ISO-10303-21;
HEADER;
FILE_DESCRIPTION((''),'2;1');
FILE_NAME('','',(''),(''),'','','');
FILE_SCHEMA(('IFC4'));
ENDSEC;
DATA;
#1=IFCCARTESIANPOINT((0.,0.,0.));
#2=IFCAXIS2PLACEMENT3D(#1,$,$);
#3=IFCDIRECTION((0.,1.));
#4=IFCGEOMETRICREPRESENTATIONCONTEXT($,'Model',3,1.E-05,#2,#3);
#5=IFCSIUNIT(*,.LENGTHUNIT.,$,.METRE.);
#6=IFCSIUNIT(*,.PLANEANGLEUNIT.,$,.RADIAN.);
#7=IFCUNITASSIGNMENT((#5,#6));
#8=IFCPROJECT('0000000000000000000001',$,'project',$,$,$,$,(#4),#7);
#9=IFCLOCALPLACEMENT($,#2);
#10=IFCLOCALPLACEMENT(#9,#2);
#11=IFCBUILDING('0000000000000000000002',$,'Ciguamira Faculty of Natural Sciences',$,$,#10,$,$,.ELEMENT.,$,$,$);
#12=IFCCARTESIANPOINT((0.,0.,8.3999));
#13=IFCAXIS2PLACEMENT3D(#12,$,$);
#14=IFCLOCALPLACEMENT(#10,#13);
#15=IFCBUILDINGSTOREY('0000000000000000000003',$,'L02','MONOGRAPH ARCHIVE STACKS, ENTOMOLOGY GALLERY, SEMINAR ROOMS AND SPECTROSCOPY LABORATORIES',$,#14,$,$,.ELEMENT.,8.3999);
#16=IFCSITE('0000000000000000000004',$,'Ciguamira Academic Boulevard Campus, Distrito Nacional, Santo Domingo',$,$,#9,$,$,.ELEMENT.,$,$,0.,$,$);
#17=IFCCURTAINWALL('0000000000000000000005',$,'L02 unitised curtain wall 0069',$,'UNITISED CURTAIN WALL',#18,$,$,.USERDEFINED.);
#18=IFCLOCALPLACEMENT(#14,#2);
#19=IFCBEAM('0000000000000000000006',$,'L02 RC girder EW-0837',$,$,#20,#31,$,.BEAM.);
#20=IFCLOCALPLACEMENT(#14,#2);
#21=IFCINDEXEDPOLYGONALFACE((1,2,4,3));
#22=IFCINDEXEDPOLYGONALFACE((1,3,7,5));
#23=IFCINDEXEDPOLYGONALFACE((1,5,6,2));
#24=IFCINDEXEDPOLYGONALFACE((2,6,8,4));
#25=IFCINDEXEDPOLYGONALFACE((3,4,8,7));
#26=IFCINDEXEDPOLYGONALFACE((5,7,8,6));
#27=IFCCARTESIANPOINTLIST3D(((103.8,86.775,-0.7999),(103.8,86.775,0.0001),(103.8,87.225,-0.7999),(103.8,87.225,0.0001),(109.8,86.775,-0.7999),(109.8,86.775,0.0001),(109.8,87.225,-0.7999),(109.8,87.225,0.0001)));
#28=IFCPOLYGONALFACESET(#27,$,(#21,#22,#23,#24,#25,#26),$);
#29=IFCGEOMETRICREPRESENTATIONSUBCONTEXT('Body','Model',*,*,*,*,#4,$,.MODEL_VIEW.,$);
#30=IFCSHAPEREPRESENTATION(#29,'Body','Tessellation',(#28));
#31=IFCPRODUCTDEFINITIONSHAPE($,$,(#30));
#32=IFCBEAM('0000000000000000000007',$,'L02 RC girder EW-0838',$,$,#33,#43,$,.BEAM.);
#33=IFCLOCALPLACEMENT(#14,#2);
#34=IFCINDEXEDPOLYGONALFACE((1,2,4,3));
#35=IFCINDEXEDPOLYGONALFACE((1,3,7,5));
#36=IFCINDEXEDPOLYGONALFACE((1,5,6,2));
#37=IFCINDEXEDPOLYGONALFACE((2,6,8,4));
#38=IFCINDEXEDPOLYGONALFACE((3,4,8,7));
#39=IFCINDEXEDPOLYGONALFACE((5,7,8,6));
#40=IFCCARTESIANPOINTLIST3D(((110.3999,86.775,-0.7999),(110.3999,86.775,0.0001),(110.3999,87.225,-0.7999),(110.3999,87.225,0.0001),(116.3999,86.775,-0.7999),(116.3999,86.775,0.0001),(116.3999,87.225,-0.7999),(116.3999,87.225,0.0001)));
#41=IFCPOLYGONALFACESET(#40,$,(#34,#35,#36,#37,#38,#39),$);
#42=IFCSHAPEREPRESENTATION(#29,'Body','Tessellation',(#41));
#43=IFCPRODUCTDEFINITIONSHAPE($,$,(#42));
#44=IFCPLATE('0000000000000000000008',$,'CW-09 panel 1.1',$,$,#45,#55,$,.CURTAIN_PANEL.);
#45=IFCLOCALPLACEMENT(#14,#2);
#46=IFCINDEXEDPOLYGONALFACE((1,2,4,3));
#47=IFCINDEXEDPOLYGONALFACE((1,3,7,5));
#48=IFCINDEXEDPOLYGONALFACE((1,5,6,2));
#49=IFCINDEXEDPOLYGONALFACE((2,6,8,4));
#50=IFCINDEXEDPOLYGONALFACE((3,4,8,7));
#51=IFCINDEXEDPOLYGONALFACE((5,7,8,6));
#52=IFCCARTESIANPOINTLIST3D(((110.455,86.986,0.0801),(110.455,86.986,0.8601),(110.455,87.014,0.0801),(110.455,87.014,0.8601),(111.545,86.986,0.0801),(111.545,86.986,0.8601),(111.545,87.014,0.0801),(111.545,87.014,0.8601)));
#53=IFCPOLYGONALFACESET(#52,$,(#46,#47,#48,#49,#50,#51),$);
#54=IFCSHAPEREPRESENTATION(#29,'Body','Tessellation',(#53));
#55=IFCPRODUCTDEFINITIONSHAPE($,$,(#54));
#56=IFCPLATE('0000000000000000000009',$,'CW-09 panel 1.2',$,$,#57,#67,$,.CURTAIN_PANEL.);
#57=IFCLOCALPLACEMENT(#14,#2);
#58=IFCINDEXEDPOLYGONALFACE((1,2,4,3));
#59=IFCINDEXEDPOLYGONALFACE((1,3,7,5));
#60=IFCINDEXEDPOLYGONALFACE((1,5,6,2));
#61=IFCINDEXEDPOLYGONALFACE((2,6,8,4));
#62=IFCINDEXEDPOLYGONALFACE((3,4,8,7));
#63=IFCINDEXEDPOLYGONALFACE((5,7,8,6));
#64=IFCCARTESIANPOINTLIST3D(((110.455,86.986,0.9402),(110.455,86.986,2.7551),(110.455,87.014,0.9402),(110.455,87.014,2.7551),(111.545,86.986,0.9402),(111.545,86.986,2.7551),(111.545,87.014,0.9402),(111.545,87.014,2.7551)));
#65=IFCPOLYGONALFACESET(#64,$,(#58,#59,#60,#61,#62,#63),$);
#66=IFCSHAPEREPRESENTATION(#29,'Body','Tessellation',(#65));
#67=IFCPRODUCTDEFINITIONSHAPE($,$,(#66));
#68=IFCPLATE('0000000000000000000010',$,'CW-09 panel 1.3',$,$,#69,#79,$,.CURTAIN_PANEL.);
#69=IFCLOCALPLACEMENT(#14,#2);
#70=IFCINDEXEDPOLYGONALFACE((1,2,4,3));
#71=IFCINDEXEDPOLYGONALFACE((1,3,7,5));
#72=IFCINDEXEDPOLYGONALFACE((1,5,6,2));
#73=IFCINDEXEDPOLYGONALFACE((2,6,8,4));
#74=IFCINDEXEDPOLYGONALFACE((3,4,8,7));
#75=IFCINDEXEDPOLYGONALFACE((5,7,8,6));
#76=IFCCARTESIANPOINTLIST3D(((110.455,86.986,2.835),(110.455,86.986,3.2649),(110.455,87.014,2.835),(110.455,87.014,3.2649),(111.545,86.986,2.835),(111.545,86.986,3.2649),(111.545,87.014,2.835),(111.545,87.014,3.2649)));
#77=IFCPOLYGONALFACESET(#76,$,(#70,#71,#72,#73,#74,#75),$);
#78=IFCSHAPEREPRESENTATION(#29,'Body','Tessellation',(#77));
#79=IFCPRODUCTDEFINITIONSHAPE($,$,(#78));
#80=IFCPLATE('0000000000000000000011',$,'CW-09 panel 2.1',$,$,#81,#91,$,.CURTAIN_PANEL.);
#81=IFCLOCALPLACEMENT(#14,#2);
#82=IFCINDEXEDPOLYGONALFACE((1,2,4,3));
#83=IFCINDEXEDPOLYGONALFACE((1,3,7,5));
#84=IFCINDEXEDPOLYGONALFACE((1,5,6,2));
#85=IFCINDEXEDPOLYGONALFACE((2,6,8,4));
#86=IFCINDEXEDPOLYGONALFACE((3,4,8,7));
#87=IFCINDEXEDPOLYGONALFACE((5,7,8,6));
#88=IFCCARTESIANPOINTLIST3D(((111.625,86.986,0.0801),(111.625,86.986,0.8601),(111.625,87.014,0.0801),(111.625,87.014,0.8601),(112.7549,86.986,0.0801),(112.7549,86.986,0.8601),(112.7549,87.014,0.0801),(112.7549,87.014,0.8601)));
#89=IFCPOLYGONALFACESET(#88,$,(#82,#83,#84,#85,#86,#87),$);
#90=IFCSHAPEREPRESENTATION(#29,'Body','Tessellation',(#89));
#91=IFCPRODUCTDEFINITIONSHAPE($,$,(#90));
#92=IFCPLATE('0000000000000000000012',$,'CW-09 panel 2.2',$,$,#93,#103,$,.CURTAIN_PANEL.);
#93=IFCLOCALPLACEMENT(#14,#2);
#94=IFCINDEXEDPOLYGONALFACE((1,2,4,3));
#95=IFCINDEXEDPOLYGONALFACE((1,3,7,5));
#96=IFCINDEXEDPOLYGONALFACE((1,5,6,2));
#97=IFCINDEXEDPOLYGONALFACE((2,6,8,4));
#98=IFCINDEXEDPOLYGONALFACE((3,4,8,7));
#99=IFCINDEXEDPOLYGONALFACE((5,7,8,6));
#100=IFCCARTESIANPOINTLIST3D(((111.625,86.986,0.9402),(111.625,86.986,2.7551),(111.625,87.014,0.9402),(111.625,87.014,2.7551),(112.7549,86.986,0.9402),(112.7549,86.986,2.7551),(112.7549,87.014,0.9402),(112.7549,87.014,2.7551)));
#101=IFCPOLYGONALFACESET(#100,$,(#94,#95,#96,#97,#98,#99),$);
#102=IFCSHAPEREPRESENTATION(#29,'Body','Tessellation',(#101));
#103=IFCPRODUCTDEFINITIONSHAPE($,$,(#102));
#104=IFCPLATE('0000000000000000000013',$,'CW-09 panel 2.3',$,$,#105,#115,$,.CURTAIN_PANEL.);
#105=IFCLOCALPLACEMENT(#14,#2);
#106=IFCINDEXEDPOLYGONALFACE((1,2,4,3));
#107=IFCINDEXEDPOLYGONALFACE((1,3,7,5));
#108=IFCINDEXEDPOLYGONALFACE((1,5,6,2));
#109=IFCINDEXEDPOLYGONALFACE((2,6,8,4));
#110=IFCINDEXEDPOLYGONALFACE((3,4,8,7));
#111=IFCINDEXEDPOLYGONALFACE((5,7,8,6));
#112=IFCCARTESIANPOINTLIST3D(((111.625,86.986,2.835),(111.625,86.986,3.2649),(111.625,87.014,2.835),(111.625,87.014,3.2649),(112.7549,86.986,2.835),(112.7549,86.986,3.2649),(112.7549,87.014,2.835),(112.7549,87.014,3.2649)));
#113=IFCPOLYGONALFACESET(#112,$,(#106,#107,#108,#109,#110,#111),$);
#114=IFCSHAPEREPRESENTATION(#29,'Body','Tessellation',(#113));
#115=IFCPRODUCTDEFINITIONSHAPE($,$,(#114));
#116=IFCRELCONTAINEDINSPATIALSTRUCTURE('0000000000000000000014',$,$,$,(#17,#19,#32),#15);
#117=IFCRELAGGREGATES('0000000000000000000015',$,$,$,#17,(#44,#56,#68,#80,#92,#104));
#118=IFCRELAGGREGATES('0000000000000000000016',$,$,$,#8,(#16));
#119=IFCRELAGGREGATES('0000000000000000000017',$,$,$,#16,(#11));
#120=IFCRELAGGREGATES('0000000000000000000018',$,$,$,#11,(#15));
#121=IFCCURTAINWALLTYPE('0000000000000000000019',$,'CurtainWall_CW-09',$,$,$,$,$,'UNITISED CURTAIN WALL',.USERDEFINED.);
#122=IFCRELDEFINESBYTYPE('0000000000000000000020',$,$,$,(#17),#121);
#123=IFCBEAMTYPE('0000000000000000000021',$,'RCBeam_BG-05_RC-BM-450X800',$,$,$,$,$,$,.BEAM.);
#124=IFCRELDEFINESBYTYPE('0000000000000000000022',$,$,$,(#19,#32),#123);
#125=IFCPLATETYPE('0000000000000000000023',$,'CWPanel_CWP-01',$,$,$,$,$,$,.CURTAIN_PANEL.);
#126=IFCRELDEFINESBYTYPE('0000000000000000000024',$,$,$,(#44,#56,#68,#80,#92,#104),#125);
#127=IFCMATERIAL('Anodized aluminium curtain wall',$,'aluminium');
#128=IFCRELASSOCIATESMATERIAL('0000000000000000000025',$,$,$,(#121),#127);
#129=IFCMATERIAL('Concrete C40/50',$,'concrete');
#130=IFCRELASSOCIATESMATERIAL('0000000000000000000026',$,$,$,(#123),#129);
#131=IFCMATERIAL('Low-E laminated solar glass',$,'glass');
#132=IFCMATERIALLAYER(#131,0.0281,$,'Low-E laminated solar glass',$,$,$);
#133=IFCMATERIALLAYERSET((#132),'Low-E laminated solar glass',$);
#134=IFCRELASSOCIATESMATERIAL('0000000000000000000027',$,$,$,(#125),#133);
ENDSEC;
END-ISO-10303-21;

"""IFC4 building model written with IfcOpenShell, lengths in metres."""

from ifc_helpers import new_model, si_unit, direction, frame, origin, origin_2d, place, context, subcontext, project, spatial, rectangle, extrude, material, layer, layer_set, material_profile, profile_set, type_object, element, aggregate, save


model = new_model("IFC4")

# Units and contexts
model_context = context("Model", 3, precision=1e-05, world=origin(), true_north=direction((0.0, 1.0)))
body_context = subcontext(model_context, "Body", "Model", "MODEL_VIEW")
ifc_project = project(units=[si_unit("LENGTHUNIT", "METRE"), si_unit("PLANEANGLEUNIT", "RADIAN")], contexts=[model_context])

# Site, building, storey
site_placement = place(None, origin())
site = spatial("IfcSite", under=ifc_project, at=site_placement, Name="Ciguamira Academic Boulevard Campus, Distrito Nacional, Santo Domingo", CompositionType="ELEMENT", RefElevation=0.0)
building_placement = place(site_placement, origin())
building = spatial("IfcBuilding", under=site, at=building_placement, Name="Ciguamira Faculty of Natural Sciences", CompositionType="ELEMENT")
storey_placement = place(building_placement, frame((0.0, 0.0, 8.3999)))
storey = spatial("IfcBuildingStorey", under=building, at=storey_placement, Name="L02", Description="MONOGRAPH ARCHIVE STACKS, ENTOMOLOGY GALLERY, SEMINAR ROOMS AND SPECTROSCOPY LABORATORIES", CompositionType="ELEMENT", Elevation=8.3999)

# Shared definitions
ifc_material_1 = material(Name="Concrete C40/50", Category="concrete")

# Curtain wall
ifc_material_2 = material(Name="Anodized aluminium curtain wall", Category="aluminium")
curtain_wall_type = type_object("IfcCurtainWallType", Name="CurtainWall_CW-09", ElementType="UNITISED CURTAIN WALL", PredefinedType="USERDEFINED", material=ifc_material_2)
curtain_wall_placement = place(storey_placement, origin())
curtain_wall = element("IfcCurtainWall", 1, at=curtain_wall_placement, inside=storey, type_object=curtain_wall_type, Name="L02 unitised curtain wall 0069", ObjectType="UNITISED CURTAIN WALL", PredefinedType="USERDEFINED")

# Beams
ifc_material_profile_1 = material_profile(ifc_material_1, rectangle(XDim=0.45, YDim=0.8, at=origin_2d()), Name="RC-BM-450X800")
ifc_profile_set_1 = profile_set([ifc_material_profile_1], Name="Concrete C40/50")
beam_type = type_object("IfcBeamType", Name="RCBeam_BG-05_RC-BM-450X800", PredefinedType="BEAM", material=ifc_profile_set_1)
for number, where, z_axis, x_axis, name in (
    (2, (103.8, 87.0, -0.3999), (1.0, 0.0, 0.0), (0.0, 1.0, 0.0), "L02 RC girder EW-0837"),
    (3, (110.3999, 87.0, -0.3999), (1.0, 0.0, 0.0), (0.0, 1.0, 0.0), "L02 RC girder EW-0838"),
):
    element("IfcBeam", number, at=place(storey_placement, frame(where, z_axis=z_axis, x_axis=x_axis)), inside=storey, type_object=beam_type, Name=name, PredefinedType="BEAM", context=body_context, shape_type="SweptSolid", body=[
        extrude(rectangle(XDim=0.45, YDim=0.8, at=origin_2d()), origin(), (0.0, 0.0, 1.0), 6.0),
    ])

# Plates
ifc_material_3 = material(Name="Low-E laminated solar glass", Category="glass")
ifc_layer = layer(ifc_material_3, 0.0281, Name="Low-E laminated solar glass")
ifc_layer_set = layer_set([ifc_layer], Name="Low-E laminated solar glass")
plate_type = type_object("IfcPlateType", Name="CWPanel_CWP-01", PredefinedType="CURTAIN_PANEL", material=ifc_layer_set)
plate_1_placement = place(storey_placement, frame((111.0, 87.0, 0.0801), z_axis=(0.0, 0.0, 1.0), x_axis=(1.0, 0.0, 0.0)))
plate_1 = element("IfcPlate", 4, at=plate_1_placement, type_object=plate_type, Name="CW-09 panel 1.1", PredefinedType="CURTAIN_PANEL", context=body_context, shape_type="SweptSolid", body=[
    extrude(rectangle(XDim=1.0901, YDim=0.0281, at=origin_2d()), origin(), (0.0, 0.0, 1.0), 0.78),
])
plate_2_placement = place(storey_placement, frame((111.0, 87.0, 0.9402), z_axis=(0.0, 0.0, 1.0), x_axis=(1.0, 0.0, 0.0)))
plate_2 = element("IfcPlate", 5, at=plate_2_placement, type_object=plate_type, Name="CW-09 panel 1.2", PredefinedType="CURTAIN_PANEL", context=body_context, shape_type="SweptSolid", body=[
    extrude(rectangle(XDim=1.0901, YDim=0.0281, at=origin_2d()), origin(), (0.0, 0.0, 1.0), 1.8149),
])
plate_3_placement = place(storey_placement, frame((111.0, 87.0, 2.835), z_axis=(0.0, 0.0, 1.0), x_axis=(1.0, 0.0, 0.0)))
plate_3 = element("IfcPlate", 6, at=plate_3_placement, type_object=plate_type, Name="CW-09 panel 1.3", PredefinedType="CURTAIN_PANEL", context=body_context, shape_type="SweptSolid", body=[
    extrude(rectangle(XDim=1.0901, YDim=0.0281, at=origin_2d()), origin(), (0.0, 0.0, 1.0), 0.4299),
])
plate_4_placement = place(storey_placement, frame((112.1899, 87.0, 0.0801), z_axis=(0.0, 0.0, 1.0), x_axis=(1.0, 0.0, 0.0)))
plate_4 = element("IfcPlate", 7, at=plate_4_placement, type_object=plate_type, Name="CW-09 panel 2.1", PredefinedType="CURTAIN_PANEL", context=body_context, shape_type="SweptSolid", body=[
    extrude(rectangle(XDim=1.1299, YDim=0.0281, at=origin_2d()), origin(), (0.0, 0.0, 1.0), 0.78),
])
plate_5_placement = place(storey_placement, frame((112.1899, 87.0, 0.9402), z_axis=(0.0, 0.0, 1.0), x_axis=(1.0, 0.0, 0.0)))
plate_5 = element("IfcPlate", 8, at=plate_5_placement, type_object=plate_type, Name="CW-09 panel 2.2", PredefinedType="CURTAIN_PANEL", context=body_context, shape_type="SweptSolid", body=[
    extrude(rectangle(XDim=1.1299, YDim=0.0281, at=origin_2d()), origin(), (0.0, 0.0, 1.0), 1.8149),
])
plate_6_placement = place(storey_placement, frame((112.1899, 87.0, 2.835), z_axis=(0.0, 0.0, 1.0), x_axis=(1.0, 0.0, 0.0)))
plate_6 = element("IfcPlate", 9, at=plate_6_placement, type_object=plate_type, Name="CW-09 panel 2.3", PredefinedType="CURTAIN_PANEL", context=body_context, shape_type="SweptSolid", body=[
    extrude(rectangle(XDim=1.1299, YDim=0.0281, at=origin_2d()), origin(), (0.0, 0.0, 1.0), 0.4299),
])
aggregate(curtain_wall, [plate_1, plate_2, plate_3, plate_4, plate_5, plate_6])

save(model, "model.ifc")
